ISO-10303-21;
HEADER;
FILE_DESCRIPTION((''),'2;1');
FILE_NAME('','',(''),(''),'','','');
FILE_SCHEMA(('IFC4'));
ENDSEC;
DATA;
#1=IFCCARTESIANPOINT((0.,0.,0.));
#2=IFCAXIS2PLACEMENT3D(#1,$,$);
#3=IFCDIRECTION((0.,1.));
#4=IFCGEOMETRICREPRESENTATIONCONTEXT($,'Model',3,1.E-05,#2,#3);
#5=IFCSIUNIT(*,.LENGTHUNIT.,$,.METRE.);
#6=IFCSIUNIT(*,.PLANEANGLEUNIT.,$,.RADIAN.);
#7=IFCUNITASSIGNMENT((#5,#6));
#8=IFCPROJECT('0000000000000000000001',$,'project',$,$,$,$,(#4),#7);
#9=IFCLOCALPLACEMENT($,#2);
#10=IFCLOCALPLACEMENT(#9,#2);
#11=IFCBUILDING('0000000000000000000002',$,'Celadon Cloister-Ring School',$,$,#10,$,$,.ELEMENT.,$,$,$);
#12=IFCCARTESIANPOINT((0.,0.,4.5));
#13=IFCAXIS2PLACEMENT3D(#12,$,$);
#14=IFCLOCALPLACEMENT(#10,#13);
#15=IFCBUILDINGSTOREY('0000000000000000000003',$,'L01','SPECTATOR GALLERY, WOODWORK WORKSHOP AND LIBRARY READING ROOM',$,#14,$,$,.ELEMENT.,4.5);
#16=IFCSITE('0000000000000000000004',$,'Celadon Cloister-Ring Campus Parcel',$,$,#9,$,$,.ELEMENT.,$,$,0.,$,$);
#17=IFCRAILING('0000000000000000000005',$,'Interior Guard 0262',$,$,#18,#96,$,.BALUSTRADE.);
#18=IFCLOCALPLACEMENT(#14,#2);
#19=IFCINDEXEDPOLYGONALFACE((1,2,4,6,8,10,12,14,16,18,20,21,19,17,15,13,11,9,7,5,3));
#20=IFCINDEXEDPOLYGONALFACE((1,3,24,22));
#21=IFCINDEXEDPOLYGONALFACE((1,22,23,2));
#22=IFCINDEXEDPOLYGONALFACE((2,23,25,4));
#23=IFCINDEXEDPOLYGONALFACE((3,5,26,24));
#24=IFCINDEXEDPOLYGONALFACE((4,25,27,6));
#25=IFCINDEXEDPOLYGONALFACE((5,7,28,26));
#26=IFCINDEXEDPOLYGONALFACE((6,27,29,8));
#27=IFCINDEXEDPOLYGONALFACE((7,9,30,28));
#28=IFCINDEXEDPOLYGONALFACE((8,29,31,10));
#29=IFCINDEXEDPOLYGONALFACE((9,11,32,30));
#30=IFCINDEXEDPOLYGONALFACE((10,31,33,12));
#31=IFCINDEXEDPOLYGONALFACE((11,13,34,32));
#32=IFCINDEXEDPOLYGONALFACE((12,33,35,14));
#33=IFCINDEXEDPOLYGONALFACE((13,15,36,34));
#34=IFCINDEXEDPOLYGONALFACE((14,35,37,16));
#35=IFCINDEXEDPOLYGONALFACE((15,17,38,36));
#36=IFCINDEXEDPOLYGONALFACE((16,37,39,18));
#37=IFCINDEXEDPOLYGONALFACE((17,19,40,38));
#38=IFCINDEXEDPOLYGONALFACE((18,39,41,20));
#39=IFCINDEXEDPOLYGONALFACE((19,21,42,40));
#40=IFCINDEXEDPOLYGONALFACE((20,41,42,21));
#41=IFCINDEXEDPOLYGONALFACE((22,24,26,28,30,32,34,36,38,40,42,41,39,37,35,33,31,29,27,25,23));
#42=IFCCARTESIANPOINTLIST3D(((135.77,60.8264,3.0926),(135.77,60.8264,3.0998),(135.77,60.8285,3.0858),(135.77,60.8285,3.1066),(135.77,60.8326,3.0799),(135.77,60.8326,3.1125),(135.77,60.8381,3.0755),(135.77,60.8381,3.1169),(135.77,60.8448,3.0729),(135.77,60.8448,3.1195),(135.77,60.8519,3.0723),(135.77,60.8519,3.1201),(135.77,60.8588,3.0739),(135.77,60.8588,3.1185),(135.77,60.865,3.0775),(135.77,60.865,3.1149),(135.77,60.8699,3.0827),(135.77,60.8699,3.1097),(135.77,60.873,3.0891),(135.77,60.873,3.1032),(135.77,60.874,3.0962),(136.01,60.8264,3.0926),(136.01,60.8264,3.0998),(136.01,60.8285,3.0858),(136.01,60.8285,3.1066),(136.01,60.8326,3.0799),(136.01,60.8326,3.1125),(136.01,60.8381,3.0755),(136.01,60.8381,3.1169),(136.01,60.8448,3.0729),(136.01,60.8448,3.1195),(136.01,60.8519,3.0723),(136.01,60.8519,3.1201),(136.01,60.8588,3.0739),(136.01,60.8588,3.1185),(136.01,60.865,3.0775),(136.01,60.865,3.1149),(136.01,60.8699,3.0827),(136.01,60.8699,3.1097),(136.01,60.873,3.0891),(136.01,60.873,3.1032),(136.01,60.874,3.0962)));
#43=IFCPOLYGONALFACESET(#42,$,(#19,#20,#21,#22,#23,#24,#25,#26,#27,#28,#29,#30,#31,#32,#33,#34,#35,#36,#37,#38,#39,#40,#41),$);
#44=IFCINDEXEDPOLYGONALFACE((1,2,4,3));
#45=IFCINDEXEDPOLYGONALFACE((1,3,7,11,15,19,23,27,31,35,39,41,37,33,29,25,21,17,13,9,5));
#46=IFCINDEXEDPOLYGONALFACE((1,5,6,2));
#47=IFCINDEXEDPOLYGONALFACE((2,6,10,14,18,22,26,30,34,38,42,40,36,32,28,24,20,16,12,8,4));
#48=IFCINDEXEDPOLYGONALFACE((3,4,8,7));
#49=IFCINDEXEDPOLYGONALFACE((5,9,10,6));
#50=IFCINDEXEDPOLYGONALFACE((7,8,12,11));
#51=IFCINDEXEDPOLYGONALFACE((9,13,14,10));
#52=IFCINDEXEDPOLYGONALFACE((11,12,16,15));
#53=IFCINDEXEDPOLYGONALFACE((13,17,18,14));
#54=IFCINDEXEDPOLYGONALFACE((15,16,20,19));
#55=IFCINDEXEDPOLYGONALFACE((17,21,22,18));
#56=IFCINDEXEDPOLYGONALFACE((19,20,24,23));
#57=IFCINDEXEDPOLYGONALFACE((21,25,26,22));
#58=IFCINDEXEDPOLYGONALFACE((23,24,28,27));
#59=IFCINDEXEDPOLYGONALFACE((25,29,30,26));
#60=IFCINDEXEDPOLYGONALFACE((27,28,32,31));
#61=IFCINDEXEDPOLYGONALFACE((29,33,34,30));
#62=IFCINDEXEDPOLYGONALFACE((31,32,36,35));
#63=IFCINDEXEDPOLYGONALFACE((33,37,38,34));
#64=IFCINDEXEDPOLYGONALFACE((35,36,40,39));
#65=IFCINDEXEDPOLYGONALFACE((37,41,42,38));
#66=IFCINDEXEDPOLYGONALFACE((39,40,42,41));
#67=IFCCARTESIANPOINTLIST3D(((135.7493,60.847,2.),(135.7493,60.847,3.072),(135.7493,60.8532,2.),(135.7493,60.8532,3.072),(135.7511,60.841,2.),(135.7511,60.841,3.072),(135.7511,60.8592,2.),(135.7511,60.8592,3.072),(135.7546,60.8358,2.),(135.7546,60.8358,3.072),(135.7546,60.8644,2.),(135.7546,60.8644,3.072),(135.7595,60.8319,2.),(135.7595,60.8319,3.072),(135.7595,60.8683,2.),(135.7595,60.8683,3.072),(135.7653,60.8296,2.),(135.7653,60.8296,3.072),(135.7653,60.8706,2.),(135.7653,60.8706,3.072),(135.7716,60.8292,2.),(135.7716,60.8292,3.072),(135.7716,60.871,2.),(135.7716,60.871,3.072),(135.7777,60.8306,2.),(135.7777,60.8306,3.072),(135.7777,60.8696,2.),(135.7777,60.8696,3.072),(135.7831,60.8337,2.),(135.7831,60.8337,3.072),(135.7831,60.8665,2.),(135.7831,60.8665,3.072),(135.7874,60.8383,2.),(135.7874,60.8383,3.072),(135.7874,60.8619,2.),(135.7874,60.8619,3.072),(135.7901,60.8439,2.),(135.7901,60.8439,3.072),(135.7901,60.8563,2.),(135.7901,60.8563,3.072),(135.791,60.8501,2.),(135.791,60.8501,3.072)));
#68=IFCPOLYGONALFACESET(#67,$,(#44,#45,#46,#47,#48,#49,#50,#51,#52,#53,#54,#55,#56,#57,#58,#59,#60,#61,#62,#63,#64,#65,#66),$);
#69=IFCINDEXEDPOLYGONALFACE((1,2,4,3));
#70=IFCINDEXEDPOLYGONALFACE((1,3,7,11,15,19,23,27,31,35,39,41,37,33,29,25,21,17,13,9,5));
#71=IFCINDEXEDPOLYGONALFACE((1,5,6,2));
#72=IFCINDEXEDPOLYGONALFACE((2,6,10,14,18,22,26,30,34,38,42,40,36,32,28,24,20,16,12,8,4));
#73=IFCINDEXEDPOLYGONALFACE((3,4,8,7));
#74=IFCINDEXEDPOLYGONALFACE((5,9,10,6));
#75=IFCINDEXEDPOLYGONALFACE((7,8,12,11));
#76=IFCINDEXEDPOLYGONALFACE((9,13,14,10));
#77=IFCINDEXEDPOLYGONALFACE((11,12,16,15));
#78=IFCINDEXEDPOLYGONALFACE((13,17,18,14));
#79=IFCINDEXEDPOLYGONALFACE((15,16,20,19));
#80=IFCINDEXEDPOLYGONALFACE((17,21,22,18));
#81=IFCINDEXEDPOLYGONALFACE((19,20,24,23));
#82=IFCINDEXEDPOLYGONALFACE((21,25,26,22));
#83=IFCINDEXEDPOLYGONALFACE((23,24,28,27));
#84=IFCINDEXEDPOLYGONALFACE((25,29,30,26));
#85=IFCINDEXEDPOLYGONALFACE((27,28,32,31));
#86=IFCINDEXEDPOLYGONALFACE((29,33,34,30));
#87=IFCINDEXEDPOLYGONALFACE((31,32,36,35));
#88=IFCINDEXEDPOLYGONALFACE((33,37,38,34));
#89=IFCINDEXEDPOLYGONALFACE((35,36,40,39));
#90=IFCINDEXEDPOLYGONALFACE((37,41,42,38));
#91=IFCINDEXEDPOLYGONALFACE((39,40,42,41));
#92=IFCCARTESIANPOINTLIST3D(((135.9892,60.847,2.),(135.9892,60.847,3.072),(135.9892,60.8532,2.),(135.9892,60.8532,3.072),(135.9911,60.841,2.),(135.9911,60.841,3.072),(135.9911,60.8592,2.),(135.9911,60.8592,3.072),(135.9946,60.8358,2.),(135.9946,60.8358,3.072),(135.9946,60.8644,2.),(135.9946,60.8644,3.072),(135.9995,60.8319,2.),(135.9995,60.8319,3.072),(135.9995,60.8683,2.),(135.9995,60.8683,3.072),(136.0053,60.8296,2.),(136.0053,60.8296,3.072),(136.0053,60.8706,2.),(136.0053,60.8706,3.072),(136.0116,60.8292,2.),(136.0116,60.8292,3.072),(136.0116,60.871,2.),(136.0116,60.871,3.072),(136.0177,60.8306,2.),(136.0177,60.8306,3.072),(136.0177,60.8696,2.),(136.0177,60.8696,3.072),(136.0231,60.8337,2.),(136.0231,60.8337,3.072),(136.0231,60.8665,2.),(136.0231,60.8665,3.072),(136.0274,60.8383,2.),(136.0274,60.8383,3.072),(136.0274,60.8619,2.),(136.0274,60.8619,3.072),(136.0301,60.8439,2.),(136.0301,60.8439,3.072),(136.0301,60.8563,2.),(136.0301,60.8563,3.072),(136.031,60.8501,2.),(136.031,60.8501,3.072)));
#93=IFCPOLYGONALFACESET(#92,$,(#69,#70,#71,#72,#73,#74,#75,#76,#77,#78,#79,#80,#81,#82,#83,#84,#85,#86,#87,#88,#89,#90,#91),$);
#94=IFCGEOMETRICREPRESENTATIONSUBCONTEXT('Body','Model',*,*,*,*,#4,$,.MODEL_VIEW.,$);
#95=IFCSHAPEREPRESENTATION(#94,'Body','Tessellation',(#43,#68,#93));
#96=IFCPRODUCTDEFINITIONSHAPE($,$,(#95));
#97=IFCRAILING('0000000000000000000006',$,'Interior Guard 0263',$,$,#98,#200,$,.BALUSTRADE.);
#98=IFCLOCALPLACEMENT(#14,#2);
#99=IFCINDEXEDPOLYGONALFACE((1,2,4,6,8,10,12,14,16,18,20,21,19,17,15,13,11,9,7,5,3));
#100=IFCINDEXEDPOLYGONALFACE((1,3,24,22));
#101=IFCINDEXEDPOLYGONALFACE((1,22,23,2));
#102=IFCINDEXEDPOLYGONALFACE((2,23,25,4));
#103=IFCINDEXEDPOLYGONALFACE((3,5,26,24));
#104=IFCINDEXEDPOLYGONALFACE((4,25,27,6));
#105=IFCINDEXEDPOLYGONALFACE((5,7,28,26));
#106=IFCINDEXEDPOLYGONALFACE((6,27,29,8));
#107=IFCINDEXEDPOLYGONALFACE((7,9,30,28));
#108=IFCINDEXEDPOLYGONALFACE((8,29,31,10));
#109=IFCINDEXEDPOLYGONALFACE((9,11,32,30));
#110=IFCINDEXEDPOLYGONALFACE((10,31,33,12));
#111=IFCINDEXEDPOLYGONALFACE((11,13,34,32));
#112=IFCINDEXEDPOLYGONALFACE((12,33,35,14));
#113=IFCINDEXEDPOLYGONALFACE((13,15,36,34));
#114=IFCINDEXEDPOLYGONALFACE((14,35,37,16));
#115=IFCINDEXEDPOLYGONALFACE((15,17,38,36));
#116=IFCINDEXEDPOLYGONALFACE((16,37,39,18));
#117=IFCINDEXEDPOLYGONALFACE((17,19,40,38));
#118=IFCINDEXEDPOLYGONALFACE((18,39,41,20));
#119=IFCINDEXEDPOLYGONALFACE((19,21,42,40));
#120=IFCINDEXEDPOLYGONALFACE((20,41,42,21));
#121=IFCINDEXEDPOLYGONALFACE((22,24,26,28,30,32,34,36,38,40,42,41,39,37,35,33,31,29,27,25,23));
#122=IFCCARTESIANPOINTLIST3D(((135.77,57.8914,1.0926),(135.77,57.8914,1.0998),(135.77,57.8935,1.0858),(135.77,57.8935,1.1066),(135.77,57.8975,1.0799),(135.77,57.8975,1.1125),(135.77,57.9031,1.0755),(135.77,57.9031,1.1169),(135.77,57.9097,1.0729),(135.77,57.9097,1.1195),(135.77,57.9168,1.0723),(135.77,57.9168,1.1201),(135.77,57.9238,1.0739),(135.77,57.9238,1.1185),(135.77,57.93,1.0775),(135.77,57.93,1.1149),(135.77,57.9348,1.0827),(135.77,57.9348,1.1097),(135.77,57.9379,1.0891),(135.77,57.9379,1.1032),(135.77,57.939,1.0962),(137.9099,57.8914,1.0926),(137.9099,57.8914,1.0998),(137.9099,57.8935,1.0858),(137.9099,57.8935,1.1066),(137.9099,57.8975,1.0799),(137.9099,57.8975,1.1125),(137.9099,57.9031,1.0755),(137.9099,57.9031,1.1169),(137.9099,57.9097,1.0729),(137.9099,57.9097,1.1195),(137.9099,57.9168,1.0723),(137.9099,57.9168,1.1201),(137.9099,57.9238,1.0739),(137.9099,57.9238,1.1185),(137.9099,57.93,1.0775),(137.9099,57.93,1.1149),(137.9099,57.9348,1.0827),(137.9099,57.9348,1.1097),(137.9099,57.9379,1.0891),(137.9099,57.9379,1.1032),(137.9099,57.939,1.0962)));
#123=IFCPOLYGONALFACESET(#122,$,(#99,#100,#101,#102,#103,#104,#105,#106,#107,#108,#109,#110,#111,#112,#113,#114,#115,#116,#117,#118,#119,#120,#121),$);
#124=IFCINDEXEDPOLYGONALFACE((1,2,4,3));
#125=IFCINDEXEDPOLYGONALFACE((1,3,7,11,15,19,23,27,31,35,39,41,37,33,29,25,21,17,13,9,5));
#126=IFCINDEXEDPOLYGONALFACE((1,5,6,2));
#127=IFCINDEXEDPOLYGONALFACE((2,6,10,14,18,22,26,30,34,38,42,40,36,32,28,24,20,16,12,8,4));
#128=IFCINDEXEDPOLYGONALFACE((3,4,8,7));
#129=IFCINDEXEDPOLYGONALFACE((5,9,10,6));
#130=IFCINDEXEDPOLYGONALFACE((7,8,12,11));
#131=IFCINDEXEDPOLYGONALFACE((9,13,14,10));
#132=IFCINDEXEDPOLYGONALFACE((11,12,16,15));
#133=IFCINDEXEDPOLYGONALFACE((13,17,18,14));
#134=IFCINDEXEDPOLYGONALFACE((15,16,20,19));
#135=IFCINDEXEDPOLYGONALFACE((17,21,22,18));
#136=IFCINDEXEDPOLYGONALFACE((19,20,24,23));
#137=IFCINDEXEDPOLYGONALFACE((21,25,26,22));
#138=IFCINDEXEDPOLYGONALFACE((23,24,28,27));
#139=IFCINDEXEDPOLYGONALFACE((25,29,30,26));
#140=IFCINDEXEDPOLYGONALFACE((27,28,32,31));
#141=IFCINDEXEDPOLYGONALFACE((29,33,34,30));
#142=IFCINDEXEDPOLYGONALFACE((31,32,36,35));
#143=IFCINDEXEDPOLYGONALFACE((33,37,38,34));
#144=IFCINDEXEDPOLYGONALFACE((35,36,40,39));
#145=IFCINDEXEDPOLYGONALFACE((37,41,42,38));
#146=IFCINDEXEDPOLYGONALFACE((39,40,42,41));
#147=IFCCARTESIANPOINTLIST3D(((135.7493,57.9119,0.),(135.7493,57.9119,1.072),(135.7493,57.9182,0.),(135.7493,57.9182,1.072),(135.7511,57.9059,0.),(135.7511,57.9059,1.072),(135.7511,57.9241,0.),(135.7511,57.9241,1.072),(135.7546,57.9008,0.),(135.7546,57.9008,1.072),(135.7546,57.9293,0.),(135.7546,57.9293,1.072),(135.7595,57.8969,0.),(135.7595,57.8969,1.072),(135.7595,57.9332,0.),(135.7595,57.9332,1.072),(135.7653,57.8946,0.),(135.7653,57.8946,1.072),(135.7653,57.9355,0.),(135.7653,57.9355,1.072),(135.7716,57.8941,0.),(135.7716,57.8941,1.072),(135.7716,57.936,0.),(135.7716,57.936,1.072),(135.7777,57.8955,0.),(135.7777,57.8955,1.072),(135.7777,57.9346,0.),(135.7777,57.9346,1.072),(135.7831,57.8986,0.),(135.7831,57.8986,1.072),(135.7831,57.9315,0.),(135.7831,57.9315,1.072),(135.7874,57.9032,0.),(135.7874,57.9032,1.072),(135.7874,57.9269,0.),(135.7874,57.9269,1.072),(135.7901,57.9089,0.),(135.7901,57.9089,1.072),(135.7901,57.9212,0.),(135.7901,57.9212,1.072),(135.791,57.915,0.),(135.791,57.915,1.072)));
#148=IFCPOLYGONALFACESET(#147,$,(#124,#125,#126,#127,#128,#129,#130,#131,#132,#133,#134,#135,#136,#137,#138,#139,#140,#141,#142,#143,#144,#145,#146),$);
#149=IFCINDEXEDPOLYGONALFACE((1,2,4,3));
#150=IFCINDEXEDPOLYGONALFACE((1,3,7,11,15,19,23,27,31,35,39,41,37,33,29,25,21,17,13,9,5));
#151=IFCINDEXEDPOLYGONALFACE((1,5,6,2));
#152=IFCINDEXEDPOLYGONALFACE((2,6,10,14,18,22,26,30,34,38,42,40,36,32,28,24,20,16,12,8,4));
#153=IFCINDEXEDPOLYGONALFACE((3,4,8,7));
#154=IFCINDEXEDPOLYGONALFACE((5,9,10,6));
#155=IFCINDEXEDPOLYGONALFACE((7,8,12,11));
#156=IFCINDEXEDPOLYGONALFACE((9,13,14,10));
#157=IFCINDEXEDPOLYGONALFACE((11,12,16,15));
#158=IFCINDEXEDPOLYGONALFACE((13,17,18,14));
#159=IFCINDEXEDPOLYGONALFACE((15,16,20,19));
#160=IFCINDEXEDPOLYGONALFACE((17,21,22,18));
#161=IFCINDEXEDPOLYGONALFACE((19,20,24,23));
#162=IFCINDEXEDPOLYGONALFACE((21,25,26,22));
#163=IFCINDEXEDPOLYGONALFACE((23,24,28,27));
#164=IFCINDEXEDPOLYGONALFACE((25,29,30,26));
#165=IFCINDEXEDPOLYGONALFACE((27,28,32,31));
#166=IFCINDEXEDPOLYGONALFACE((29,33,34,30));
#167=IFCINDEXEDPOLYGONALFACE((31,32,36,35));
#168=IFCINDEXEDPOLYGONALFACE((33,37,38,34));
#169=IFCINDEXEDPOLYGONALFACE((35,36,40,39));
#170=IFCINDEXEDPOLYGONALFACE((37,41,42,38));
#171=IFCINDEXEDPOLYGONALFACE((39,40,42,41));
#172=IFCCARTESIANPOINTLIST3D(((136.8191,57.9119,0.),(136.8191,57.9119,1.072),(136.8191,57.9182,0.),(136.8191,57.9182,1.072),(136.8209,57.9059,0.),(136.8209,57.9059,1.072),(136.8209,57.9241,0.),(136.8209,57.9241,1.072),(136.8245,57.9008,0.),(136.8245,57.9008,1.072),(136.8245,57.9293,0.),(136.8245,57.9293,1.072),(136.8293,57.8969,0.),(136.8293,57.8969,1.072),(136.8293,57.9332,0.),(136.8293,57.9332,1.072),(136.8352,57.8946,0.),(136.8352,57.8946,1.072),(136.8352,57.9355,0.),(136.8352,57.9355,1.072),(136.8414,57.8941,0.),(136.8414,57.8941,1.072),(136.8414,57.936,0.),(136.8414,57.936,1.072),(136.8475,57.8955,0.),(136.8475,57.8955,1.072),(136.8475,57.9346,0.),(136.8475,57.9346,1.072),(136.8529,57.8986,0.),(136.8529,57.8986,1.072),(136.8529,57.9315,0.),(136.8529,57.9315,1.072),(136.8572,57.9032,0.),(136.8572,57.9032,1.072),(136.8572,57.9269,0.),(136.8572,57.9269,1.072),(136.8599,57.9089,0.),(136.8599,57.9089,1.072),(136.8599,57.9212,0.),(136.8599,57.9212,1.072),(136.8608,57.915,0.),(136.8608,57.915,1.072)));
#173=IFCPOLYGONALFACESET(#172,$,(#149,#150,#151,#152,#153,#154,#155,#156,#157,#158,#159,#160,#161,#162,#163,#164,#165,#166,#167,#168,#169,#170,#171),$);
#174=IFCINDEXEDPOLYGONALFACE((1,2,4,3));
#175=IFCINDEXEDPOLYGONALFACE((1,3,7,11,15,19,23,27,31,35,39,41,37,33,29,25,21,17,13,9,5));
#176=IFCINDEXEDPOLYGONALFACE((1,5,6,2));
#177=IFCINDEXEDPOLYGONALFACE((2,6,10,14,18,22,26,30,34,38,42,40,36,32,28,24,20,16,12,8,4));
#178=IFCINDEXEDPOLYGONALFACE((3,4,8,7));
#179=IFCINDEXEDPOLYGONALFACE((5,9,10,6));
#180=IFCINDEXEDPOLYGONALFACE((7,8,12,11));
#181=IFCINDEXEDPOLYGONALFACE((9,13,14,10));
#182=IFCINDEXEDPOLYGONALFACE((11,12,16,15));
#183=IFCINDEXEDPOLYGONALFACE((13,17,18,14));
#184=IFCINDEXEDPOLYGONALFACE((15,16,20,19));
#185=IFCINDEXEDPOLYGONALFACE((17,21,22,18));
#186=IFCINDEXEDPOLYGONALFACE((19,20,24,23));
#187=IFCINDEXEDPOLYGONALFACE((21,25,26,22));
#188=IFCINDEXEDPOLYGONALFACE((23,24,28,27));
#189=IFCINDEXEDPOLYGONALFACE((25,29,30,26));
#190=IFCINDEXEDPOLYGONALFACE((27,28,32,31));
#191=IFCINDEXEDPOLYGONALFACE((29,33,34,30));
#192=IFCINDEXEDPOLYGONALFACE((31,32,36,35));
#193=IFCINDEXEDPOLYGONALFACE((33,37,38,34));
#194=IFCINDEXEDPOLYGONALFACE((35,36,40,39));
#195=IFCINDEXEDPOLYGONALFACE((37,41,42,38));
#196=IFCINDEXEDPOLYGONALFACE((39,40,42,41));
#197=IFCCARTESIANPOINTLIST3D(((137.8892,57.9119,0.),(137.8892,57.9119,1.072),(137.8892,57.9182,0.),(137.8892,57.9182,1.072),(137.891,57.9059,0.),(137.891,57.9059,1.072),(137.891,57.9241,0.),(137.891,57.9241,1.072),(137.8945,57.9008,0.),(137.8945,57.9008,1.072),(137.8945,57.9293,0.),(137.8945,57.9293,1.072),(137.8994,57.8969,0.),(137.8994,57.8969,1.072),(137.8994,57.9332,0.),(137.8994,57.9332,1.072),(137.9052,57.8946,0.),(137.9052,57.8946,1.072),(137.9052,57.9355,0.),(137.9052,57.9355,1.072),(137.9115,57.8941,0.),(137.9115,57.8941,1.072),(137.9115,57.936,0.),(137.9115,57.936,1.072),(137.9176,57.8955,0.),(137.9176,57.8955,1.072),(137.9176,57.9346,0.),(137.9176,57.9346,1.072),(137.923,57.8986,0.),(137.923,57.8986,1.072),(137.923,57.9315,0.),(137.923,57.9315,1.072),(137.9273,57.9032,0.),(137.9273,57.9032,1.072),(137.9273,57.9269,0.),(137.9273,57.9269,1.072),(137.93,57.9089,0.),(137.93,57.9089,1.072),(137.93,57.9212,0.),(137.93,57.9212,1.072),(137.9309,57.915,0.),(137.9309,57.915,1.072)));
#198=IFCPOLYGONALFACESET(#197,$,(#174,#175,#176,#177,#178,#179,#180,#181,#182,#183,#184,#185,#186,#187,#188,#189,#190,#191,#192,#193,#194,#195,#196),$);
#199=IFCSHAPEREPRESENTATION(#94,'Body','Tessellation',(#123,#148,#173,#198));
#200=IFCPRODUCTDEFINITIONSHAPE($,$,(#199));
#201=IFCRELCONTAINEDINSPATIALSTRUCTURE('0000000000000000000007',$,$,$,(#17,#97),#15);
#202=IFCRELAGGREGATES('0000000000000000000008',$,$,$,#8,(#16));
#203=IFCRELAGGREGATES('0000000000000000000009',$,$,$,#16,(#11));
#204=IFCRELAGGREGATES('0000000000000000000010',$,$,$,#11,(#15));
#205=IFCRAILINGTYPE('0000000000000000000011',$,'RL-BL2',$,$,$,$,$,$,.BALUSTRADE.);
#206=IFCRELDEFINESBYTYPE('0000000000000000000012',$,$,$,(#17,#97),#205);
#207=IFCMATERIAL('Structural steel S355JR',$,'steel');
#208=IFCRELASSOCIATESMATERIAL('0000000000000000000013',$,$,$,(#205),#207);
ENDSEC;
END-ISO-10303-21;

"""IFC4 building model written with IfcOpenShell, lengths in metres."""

from ifc_helpers import new_model, si_unit, direction, frame, origin, origin_2d, place, context, subcontext, project, spatial, circle, extrude, material, type_object, element, save


model = new_model("IFC4")

# Units and contexts
model_context = context("Model", 3, precision=1e-05, world=origin(), true_north=direction((0.0, 1.0)))
body_context = subcontext(model_context, "Body", "Model", "MODEL_VIEW")
ifc_project = project(units=[si_unit("LENGTHUNIT", "METRE"), si_unit("PLANEANGLEUNIT", "RADIAN")], contexts=[model_context])

# Site, building, storey
site_placement = place(None, origin())
site = spatial("IfcSite", under=ifc_project, at=site_placement, Name="Celadon Cloister-Ring Campus Parcel", CompositionType="ELEMENT", RefElevation=0.0)
building_placement = place(site_placement, origin())
building = spatial("IfcBuilding", under=site, at=building_placement, Name="Celadon Cloister-Ring School", CompositionType="ELEMENT")
storey_placement = place(building_placement, frame((0.0, 0.0, 4.5)))
storey = spatial("IfcBuildingStorey", under=building, at=storey_placement, Name="L01", Description="SPECTATOR GALLERY, WOODWORK WORKSHOP AND LIBRARY READING ROOM", CompositionType="ELEMENT", Elevation=4.5)

# Railings
ifc_material_1 = material(Name="Structural steel S355JR", Category="steel")
railing_type_1 = type_object("IfcRailingType", Name="RL-BL2", PredefinedType="BALUSTRADE", material=ifc_material_1)
railing_1_placement = place(storey_placement, frame((135.77, 60.8501, 2.0)))
element("IfcRailing", 1, at=railing_1_placement, inside=storey, type_object=railing_type_1, Name="Interior Guard 0262", PredefinedType="BALUSTRADE", context=body_context, shape_type="SweptSolid", body=[
    extrude(circle(Radius=0.0239, at=origin_2d()), frame((0.0, 0.0, 1.0962), z_axis=(1.0, 0.0, 0.0), x_axis=(0.0, 1.0, 0.0)), (0.0, 0.0, 1.0), 0.24),
    extrude(circle(Radius=0.021, at=origin_2d()), origin(), (0.0, 0.0, 1.0), 1.072),
    extrude(circle(Radius=0.021, at=origin_2d()), frame((0.24, 0.0, 0.0)), (0.0, 0.0, 1.0), 1.072),
])
railing_2_placement = place(storey_placement, frame((135.77, 57.915, 0.0)))
element("IfcRailing", 2, at=railing_2_placement, inside=storey, type_object=railing_type_1, Name="Interior Guard 0263", PredefinedType="BALUSTRADE", context=body_context, shape_type="SweptSolid", body=[
    extrude(circle(Radius=0.0239, at=origin_2d()), frame((0.0, 0.0, 1.0962), z_axis=(1.0, 0.0, 0.0), x_axis=(0.0, 1.0, 0.0)), (0.0, 0.0, 1.0), 2.1399),
    extrude(circle(Radius=0.021, at=origin_2d()), origin(), (0.0, 0.0, 1.0), 1.072),
    extrude(circle(Radius=0.021, at=origin_2d()), frame((1.0698, 0.0, 0.0)), (0.0, 0.0, 1.0), 1.072),
    extrude(circle(Radius=0.021, at=origin_2d()), frame((2.1399, 0.0, 0.0)), (0.0, 0.0, 1.0), 1.072),
])

save(model, "model.ifc")
